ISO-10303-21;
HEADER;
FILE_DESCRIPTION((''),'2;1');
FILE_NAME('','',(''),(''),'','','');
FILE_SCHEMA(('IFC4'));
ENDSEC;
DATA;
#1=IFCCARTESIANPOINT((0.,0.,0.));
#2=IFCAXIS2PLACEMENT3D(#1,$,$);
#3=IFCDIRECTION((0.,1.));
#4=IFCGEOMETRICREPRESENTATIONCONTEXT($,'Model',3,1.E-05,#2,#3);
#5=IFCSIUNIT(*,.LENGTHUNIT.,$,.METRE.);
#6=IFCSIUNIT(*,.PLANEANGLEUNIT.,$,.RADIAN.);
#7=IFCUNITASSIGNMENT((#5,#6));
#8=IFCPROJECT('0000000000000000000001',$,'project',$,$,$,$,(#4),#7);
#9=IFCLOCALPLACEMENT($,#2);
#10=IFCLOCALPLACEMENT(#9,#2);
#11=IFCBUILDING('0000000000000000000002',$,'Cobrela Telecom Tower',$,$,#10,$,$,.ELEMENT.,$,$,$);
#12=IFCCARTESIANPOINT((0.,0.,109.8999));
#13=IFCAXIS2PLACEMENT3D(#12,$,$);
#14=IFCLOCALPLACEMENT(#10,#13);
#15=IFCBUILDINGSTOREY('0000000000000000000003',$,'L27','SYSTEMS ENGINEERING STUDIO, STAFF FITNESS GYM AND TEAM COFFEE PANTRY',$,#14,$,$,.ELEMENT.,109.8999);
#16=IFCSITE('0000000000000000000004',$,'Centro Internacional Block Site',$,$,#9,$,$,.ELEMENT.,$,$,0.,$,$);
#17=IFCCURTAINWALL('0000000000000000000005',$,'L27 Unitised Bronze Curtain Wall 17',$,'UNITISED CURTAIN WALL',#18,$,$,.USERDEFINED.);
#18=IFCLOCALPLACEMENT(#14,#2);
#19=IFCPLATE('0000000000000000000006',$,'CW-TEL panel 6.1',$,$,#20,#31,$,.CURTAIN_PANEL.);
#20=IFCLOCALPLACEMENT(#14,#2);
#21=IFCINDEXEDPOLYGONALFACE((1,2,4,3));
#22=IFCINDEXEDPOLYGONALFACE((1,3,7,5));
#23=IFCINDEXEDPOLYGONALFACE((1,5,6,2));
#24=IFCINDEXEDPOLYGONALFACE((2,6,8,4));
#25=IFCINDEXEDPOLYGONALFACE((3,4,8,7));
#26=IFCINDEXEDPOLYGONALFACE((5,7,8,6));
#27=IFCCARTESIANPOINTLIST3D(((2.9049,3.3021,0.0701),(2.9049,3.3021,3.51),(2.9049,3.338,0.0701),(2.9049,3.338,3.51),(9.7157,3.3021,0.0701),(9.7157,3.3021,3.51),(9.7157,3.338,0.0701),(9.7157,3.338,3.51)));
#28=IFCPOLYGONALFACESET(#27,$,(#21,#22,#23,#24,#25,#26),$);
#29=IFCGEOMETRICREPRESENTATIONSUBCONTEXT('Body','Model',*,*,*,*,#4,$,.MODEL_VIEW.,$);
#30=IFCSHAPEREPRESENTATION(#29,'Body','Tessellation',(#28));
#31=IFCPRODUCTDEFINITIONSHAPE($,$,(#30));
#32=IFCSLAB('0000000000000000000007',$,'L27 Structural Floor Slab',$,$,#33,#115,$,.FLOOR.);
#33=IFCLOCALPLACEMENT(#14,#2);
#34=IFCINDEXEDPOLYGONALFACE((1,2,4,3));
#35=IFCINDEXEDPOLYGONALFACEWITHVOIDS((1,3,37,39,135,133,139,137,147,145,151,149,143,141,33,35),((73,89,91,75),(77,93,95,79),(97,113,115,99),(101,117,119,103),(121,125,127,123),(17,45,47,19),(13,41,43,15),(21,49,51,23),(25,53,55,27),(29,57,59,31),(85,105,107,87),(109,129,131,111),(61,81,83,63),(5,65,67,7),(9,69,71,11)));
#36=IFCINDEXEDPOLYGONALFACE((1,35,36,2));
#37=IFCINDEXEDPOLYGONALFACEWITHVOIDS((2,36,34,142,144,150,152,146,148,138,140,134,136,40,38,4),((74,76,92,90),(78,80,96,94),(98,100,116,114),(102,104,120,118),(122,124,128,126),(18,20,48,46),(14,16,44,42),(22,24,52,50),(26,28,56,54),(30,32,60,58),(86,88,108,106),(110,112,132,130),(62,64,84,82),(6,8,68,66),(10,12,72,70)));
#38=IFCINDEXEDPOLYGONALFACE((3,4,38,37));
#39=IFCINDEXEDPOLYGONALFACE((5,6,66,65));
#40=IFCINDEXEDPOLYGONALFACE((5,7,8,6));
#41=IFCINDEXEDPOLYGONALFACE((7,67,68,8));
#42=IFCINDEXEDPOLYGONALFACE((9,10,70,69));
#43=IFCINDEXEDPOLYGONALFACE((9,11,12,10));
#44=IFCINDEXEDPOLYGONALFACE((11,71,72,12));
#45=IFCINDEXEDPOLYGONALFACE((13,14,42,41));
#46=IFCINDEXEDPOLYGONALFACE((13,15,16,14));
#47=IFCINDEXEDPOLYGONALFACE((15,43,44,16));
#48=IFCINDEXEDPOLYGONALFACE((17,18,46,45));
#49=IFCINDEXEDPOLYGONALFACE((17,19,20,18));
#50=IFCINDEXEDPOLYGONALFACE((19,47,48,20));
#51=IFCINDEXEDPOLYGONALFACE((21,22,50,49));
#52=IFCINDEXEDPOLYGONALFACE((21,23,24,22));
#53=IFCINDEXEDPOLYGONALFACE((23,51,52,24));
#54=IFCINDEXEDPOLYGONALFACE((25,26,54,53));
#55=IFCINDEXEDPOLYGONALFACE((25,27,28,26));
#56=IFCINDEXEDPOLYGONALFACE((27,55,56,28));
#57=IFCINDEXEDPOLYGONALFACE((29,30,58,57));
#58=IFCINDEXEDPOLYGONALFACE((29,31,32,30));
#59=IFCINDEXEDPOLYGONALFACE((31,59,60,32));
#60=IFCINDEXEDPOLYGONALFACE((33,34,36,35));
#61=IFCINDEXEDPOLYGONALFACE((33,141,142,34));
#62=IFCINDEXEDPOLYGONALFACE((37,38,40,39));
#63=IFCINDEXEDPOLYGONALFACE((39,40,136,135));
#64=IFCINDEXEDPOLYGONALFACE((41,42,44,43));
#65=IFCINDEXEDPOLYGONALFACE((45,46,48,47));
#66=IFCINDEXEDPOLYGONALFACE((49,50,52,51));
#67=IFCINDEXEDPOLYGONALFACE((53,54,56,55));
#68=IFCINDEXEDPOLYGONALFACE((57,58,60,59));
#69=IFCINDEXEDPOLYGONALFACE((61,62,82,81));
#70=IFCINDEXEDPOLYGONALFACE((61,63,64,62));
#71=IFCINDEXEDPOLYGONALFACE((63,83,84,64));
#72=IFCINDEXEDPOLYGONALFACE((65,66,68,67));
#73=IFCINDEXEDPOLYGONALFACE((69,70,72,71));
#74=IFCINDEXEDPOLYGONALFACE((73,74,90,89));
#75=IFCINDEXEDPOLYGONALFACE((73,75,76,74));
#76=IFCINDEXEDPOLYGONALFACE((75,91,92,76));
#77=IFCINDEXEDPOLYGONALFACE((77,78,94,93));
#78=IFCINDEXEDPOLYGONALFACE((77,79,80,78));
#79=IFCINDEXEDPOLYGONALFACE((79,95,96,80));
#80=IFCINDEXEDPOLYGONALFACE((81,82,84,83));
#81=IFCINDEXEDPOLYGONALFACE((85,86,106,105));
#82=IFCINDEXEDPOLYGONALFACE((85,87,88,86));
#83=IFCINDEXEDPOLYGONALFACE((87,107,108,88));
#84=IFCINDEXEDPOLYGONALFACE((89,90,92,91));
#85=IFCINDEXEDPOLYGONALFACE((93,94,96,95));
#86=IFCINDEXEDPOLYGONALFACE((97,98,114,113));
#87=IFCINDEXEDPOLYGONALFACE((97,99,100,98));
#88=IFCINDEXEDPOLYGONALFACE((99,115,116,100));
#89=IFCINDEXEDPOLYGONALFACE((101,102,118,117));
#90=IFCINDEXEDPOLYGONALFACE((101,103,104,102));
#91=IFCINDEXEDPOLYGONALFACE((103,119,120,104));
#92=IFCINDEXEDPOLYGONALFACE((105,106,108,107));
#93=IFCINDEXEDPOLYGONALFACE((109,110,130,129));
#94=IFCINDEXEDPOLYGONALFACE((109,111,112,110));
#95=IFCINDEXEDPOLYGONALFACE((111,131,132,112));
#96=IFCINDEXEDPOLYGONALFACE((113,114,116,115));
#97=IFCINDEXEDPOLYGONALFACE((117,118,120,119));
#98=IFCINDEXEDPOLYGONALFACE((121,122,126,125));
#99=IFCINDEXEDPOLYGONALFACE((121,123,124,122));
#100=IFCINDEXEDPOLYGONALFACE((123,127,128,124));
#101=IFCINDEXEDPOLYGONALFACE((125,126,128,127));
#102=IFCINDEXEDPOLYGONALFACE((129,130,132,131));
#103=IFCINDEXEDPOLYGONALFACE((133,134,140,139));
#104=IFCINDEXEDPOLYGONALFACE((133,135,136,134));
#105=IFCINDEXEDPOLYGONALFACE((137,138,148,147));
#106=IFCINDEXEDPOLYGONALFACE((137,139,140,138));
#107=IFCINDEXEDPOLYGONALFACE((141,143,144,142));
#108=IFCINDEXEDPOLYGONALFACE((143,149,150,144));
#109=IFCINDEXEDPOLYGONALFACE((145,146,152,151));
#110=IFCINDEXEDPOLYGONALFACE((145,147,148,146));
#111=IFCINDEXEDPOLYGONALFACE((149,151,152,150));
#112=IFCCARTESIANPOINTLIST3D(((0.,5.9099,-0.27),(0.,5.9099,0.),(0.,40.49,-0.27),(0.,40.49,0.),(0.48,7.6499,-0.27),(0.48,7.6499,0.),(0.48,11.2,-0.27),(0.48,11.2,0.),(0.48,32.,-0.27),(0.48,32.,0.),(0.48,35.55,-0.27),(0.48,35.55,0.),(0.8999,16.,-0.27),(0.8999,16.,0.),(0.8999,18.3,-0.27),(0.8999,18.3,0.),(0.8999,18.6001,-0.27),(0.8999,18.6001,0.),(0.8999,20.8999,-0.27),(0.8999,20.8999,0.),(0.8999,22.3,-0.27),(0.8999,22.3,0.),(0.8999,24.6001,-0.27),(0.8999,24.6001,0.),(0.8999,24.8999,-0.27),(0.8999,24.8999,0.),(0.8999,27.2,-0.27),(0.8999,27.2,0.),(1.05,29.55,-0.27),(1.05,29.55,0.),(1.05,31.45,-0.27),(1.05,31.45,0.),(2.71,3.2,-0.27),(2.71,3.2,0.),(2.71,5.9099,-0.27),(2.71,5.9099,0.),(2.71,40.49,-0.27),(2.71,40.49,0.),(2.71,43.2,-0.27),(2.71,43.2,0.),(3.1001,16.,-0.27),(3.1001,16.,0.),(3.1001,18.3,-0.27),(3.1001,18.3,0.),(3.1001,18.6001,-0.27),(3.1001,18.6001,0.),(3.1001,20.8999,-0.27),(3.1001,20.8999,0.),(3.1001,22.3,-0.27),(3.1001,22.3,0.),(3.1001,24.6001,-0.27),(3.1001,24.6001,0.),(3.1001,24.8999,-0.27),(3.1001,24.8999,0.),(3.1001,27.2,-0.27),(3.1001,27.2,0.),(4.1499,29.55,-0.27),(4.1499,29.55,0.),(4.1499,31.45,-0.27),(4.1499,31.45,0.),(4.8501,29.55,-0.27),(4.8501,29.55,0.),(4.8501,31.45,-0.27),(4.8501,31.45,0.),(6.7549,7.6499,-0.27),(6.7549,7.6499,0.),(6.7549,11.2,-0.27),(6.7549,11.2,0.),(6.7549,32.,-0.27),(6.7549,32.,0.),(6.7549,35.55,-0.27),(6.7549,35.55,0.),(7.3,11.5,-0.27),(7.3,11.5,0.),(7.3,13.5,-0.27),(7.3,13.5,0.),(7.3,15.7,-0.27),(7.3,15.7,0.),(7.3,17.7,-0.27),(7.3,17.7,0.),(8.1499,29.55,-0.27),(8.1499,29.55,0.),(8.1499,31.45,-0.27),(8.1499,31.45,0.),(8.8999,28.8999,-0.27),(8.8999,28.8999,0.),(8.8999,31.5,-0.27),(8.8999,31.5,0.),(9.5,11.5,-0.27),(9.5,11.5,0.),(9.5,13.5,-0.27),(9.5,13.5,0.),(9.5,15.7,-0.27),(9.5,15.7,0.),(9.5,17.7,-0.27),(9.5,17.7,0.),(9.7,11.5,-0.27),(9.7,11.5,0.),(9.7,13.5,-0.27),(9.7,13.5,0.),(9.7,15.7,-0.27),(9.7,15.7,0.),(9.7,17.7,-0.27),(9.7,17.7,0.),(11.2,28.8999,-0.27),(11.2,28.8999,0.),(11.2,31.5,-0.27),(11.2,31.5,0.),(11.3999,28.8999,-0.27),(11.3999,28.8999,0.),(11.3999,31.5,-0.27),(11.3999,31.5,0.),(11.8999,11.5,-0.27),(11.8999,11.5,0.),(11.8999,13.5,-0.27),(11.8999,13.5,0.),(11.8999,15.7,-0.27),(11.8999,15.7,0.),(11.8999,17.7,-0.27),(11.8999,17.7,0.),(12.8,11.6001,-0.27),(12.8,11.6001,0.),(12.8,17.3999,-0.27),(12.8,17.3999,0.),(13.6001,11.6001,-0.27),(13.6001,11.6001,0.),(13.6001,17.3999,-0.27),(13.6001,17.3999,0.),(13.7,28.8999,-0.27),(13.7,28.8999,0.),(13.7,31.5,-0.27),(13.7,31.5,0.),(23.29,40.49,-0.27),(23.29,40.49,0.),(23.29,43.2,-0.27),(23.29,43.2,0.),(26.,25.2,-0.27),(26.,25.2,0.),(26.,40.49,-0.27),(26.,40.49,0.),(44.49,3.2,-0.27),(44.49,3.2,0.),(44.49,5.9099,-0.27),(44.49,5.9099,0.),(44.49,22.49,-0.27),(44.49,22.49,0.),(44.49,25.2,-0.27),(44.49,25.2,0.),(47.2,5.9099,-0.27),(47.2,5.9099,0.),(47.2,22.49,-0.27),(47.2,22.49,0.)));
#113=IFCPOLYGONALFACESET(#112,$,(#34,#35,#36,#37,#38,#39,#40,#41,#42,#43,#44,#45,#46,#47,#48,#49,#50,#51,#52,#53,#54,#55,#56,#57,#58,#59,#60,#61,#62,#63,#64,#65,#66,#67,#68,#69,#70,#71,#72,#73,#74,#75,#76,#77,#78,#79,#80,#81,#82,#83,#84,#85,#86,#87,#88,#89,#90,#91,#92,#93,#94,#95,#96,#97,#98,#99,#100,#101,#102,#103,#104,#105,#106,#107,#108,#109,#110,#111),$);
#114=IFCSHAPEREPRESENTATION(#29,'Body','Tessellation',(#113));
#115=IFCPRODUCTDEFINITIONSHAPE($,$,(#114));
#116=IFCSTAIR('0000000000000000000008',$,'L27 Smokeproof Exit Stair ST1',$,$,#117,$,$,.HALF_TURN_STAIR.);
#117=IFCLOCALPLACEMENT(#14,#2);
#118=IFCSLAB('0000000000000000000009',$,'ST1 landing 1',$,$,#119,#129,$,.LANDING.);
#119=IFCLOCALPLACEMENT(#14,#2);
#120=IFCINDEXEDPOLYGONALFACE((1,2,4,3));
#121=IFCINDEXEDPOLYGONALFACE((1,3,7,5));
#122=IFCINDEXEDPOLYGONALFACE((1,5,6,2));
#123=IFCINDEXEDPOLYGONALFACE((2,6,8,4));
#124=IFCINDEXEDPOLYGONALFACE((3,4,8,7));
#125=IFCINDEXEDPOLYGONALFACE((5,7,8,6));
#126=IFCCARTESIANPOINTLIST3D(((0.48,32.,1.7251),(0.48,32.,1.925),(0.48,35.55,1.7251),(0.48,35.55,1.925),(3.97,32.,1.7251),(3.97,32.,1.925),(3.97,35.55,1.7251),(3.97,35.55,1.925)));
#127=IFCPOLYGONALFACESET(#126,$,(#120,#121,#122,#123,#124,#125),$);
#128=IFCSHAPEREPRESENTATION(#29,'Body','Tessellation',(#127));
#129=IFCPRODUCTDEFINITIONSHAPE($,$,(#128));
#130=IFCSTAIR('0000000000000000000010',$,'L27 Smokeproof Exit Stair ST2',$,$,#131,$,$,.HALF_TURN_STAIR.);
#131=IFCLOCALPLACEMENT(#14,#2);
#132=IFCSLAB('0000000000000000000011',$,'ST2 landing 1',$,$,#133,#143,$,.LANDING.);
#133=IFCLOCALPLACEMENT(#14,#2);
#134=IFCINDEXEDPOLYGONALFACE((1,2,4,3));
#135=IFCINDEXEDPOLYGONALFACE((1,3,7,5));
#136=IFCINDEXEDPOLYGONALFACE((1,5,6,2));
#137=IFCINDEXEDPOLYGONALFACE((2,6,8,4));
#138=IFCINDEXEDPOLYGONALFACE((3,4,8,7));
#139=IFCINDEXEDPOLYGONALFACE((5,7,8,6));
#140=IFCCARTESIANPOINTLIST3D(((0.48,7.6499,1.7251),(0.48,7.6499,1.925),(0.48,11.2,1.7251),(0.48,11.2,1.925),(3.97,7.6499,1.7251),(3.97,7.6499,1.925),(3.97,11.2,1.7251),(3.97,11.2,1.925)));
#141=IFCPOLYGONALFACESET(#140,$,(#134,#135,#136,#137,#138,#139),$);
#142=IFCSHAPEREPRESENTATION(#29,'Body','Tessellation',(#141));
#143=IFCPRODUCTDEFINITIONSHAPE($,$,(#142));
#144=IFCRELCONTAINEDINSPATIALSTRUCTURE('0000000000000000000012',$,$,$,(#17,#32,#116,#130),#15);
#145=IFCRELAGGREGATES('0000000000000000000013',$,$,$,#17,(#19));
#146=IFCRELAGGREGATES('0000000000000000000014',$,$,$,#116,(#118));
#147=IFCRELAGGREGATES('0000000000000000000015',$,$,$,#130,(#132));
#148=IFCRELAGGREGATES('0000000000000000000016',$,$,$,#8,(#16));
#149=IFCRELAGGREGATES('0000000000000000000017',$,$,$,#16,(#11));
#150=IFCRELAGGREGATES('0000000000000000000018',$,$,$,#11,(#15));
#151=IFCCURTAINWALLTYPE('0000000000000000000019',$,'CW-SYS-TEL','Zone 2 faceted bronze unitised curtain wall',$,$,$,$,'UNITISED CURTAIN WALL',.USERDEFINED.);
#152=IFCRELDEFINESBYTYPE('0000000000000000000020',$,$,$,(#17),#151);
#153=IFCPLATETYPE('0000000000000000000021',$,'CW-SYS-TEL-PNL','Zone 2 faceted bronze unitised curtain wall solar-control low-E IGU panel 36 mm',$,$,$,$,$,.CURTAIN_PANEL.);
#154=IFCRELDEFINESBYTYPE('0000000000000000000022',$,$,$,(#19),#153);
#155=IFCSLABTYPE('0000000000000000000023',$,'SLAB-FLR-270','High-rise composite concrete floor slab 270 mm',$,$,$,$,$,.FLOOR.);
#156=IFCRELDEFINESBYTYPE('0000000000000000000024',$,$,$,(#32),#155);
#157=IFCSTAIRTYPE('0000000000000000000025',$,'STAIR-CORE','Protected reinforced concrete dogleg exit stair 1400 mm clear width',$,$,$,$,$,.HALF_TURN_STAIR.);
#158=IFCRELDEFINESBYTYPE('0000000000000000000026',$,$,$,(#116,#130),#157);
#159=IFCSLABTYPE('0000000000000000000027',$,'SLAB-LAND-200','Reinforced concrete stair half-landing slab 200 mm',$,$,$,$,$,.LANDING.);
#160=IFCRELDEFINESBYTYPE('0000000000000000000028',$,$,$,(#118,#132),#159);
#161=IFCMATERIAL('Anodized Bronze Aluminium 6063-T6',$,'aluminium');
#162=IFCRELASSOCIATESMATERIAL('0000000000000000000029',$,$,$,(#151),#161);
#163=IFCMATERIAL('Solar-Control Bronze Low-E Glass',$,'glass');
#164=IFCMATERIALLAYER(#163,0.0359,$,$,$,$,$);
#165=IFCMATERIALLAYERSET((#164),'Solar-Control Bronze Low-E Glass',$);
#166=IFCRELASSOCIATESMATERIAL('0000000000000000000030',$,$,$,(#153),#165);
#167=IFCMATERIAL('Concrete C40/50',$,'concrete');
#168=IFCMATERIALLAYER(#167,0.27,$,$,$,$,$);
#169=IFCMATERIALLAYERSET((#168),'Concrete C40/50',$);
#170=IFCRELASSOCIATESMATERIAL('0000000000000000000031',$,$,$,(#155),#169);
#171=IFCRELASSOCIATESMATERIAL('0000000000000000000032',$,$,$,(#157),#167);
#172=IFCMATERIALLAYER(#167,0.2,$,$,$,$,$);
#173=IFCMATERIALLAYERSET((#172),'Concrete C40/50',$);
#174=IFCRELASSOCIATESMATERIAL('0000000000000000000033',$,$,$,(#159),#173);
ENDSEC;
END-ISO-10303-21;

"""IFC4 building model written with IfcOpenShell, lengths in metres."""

from ifc_helpers import new_model, si_unit, direction, frame, origin, origin_2d, place, context, subcontext, project, spatial, polyline, rectangle, outline, extrude, material, layer, layer_set, type_object, element, aggregate, save


model = new_model("IFC4")

# Units and contexts
model_context = context("Model", 3, precision=1e-05, world=origin(), true_north=direction((0.0, 1.0)))
body_context = subcontext(model_context, "Body", "Model", "MODEL_VIEW")
ifc_project = project(units=[si_unit("LENGTHUNIT", "METRE"), si_unit("PLANEANGLEUNIT", "RADIAN")], contexts=[model_context])

# Site, building, storey
site_placement = place(None, origin())
site = spatial("IfcSite", under=ifc_project, at=site_placement, Name="Centro Internacional Block Site", CompositionType="ELEMENT", RefElevation=0.0)
building_placement = place(site_placement, origin())
building = spatial("IfcBuilding", under=site, at=building_placement, Name="Cobrela Telecom Tower", CompositionType="ELEMENT")
storey_placement = place(building_placement, frame((0.0, 0.0, 109.8999)))
storey = spatial("IfcBuildingStorey", under=building, at=storey_placement, Name="L27", Description="SYSTEMS ENGINEERING STUDIO, STAFF FITNESS GYM AND TEAM COFFEE PANTRY", CompositionType="ELEMENT", Elevation=109.8999)

# Curtain wall, plate
ifc_material_1 = material(Name="Anodized Bronze Aluminium 6063-T6", Category="aluminium")
curtain_wall_type = type_object("IfcCurtainWallType", Name="CW-SYS-TEL", Description="Zone 2 faceted bronze unitised curtain wall", ElementType="UNITISED CURTAIN WALL", PredefinedType="USERDEFINED", material=ifc_material_1)
curtain_wall_placement = place(storey_placement, origin())
curtain_wall = element("IfcCurtainWall", 1, at=curtain_wall_placement, inside=storey, type_object=curtain_wall_type, Name="L27 Unitised Bronze Curtain Wall 17", ObjectType="UNITISED CURTAIN WALL", PredefinedType="USERDEFINED")
ifc_material_2 = material(Name="Solar-Control Bronze Low-E Glass", Category="glass")
ifc_layer_1 = layer(ifc_material_2, 0.0359)
ifc_layer_set_1 = layer_set([ifc_layer_1], Name="Solar-Control Bronze Low-E Glass")
plate_type = type_object("IfcPlateType", Name="CW-SYS-TEL-PNL", Description="Zone 2 faceted bronze unitised curtain wall solar-control low-E IGU panel 36 mm", PredefinedType="CURTAIN_PANEL", material=ifc_layer_set_1)
plate_placement = place(storey_placement, frame((6.3103, 3.3201, 0.0701), z_axis=(0.0, 0.0, 1.0), x_axis=(-1.0, 0.0, 0.0)))
plate = element("IfcPlate", 2, at=plate_placement, type_object=plate_type, Name="CW-TEL panel 6.1", PredefinedType="CURTAIN_PANEL", context=body_context, shape_type="SweptSolid", body=[
    extrude(rectangle(XDim=6.8108, YDim=0.0359, at=origin_2d()), origin(), (0.0, 0.0, 1.0), 3.4399),
])
aggregate(curtain_wall, [plate])

# Slab, openings
ifc_material_3 = material(Name="Concrete C40/50", Category="concrete")
ifc_layer_2 = layer(ifc_material_3, 0.27)
ifc_layer_set_2 = layer_set([ifc_layer_2], Name="Concrete C40/50")
slab_type_1 = type_object("IfcSlabType", Name="SLAB-FLR-270", Description="High-rise composite concrete floor slab 270 mm", PredefinedType="FLOOR", material=ifc_layer_set_2)
slab_1_placement = place(storey_placement, frame((0.0, 0.0, -0.27)))
slab_1 = element("IfcSlab", 3, at=slab_1_placement, inside=storey, type_object=slab_type_1, Name="L27 Structural Floor Slab", PredefinedType="FLOOR", context=body_context, shape_type="SweptSolid", body=[
    extrude(outline(polyline([(2.71, 3.2), (44.49, 3.2), (44.49, 5.9099), (47.2, 5.9099), (47.2, 22.49), (44.49, 22.49), (44.49, 25.2), (26.0, 25.2), (26.0, 40.49), (23.29, 40.49), (23.29, 43.2), (2.71, 43.2), (2.71, 40.49), (0.0, 40.49), (0.0, 5.9099), (2.71, 5.9099), (2.71, 3.2)])), origin(), (0.0, 0.0, 1.0), 0.27),
])
opening_1_placement = place(slab_1_placement, frame((0.0, 0.0, -0.02)))
element("IfcOpeningElement", 4, at=opening_1_placement, cuts=slab_1, PredefinedType="OPENING", context=body_context, shape_type="SweptSolid", body=[
    extrude(outline(polyline([(8.8999, 28.8999), (11.2, 28.8999), (11.2, 31.5), (8.8999, 31.5), (8.8999, 28.8999)])), origin(), (0.0, 0.0, 1.0), 0.3101),
])
opening_2_placement = place(slab_1_placement, frame((0.0, 0.0, -0.02)))
element("IfcOpeningElement", 5, at=opening_2_placement, cuts=slab_1, PredefinedType="OPENING", context=body_context, shape_type="SweptSolid", body=[
    extrude(outline(polyline([(11.3999, 28.8999), (13.7, 28.8999), (13.7, 31.5), (11.3999, 31.5), (11.3999, 28.8999)])), origin(), (0.0, 0.0, 1.0), 0.3101),
])
opening_3_placement = place(slab_1_placement, frame((0.0, 0.0, -0.02)))
element("IfcOpeningElement", 6, at=opening_3_placement, cuts=slab_1, PredefinedType="OPENING", context=body_context, shape_type="SweptSolid", body=[
    extrude(outline(polyline([(7.3, 15.7), (9.5, 15.7), (9.5, 17.7), (7.3, 17.7), (7.3, 15.7)])), origin(), (0.0, 0.0, 1.0), 0.3101),
])
opening_4_placement = place(slab_1_placement, frame((0.0, 0.0, -0.02)))
element("IfcOpeningElement", 7, at=opening_4_placement, cuts=slab_1, PredefinedType="OPENING", context=body_context, shape_type="SweptSolid", body=[
    extrude(outline(polyline([(9.7, 15.7), (11.8999, 15.7), (11.8999, 17.7), (9.7, 17.7), (9.7, 15.7)])), origin(), (0.0, 0.0, 1.0), 0.3101),
])
opening_5_placement = place(slab_1_placement, frame((0.0, 0.0, -0.02)))
element("IfcOpeningElement", 8, at=opening_5_placement, cuts=slab_1, PredefinedType="OPENING", context=body_context, shape_type="SweptSolid", body=[
    extrude(outline(polyline([(7.3, 11.5), (9.5, 11.5), (9.5, 13.5), (7.3, 13.5), (7.3, 11.5)])), origin(), (0.0, 0.0, 1.0), 0.3101),
])
opening_6_placement = place(slab_1_placement, frame((0.0, 0.0, -0.02)))
element("IfcOpeningElement", 9, at=opening_6_placement, cuts=slab_1, PredefinedType="OPENING", context=body_context, shape_type="SweptSolid", body=[
    extrude(outline(polyline([(9.7, 11.5), (11.8999, 11.5), (11.8999, 13.5), (9.7, 13.5), (9.7, 11.5)])), origin(), (0.0, 0.0, 1.0), 0.3101),
])
opening_7_placement = place(slab_1_placement, frame((0.0, 0.0, -0.02)))
element("IfcOpeningElement", 10, at=opening_7_placement, cuts=slab_1, PredefinedType="OPENING", context=body_context, shape_type="SweptSolid", body=[
    extrude(outline(polyline([(0.8999, 16.0), (3.1001, 16.0), (3.1001, 18.3), (0.8999, 18.3), (0.8999, 16.0)])), origin(), (0.0, 0.0, 1.0), 0.3101),
])
opening_8_placement = place(slab_1_placement, frame((0.0, 0.0, -0.02)))
element("IfcOpeningElement", 11, at=opening_8_placement, cuts=slab_1, PredefinedType="OPENING", context=body_context, shape_type="SweptSolid", body=[
    extrude(outline(polyline([(0.8999, 18.6001), (3.1001, 18.6001), (3.1001, 20.8999), (0.8999, 20.8999), (0.8999, 18.6001)])), origin(), (0.0, 0.0, 1.0), 0.3101),
])
opening_9_placement = place(slab_1_placement, frame((0.0, 0.0, -0.02)))
element("IfcOpeningElement", 12, at=opening_9_placement, cuts=slab_1, PredefinedType="OPENING", context=body_context, shape_type="SweptSolid", body=[
    extrude(outline(polyline([(0.8999, 22.3), (3.1001, 22.3), (3.1001, 24.6001), (0.8999, 24.6001), (0.8999, 22.3)])), origin(), (0.0, 0.0, 1.0), 0.3101),
])
opening_10_placement = place(slab_1_placement, frame((0.0, 0.0, -0.02)))
element("IfcOpeningElement", 13, at=opening_10_placement, cuts=slab_1, PredefinedType="OPENING", context=body_context, shape_type="SweptSolid", body=[
    extrude(outline(polyline([(0.8999, 24.8999), (3.1001, 24.8999), (3.1001, 27.2), (0.8999, 27.2), (0.8999, 24.8999)])), origin(), (0.0, 0.0, 1.0), 0.3101),
])
opening_11_placement = place(slab_1_placement, frame((0.0, 0.0, -0.02)))
element("IfcOpeningElement", 14, at=opening_11_placement, cuts=slab_1, PredefinedType="OPENING", context=body_context, shape_type="SweptSolid", body=[
    extrude(outline(polyline([(1.05, 29.55), (4.1499, 29.55), (4.1499, 31.45), (1.05, 31.45), (1.05, 29.55)])), origin(), (0.0, 0.0, 1.0), 0.3101),
])
opening_12_placement = place(slab_1_placement, frame((0.0, 0.0, -0.02)))
element("IfcOpeningElement", 15, at=opening_12_placement, cuts=slab_1, PredefinedType="OPENING", context=body_context, shape_type="SweptSolid", body=[
    extrude(outline(polyline([(4.8501, 29.55), (8.1499, 29.55), (8.1499, 31.45), (4.8501, 31.45), (4.8501, 29.55)])), origin(), (0.0, 0.0, 1.0), 0.3101),
])
opening_13_placement = place(slab_1_placement, frame((0.0, 0.0, -0.02)))
element("IfcOpeningElement", 16, at=opening_13_placement, cuts=slab_1, PredefinedType="OPENING", context=body_context, shape_type="SweptSolid", body=[
    extrude(outline(polyline([(12.8, 11.6001), (13.6001, 11.6001), (13.6001, 17.3999), (12.8, 17.3999), (12.8, 11.6001)])), origin(), (0.0, 0.0, 1.0), 0.3101),
])
opening_14_placement = place(slab_1_placement, frame((0.0, 0.0, -0.02)))
element("IfcOpeningElement", 17, at=opening_14_placement, cuts=slab_1, PredefinedType="OPENING", context=body_context, shape_type="SweptSolid", body=[
    extrude(outline(polyline([(6.7549, 35.55), (0.48, 35.55), (0.48, 32.0), (6.7549, 32.0), (6.7549, 35.55)])), origin(), (0.0, 0.0, 1.0), 0.3101),
])
opening_15_placement = place(slab_1_placement, frame((0.0, 0.0, -0.02)))
element("IfcOpeningElement", 18, at=opening_15_placement, cuts=slab_1, PredefinedType="OPENING", context=body_context, shape_type="SweptSolid", body=[
    extrude(outline(polyline([(6.7549, 11.2), (0.48, 11.2), (0.48, 7.6499), (6.7549, 7.6499), (6.7549, 11.2)])), origin(), (0.0, 0.0, 1.0), 0.3101),
])

# Stairs, slabs
stair_type = type_object("IfcStairType", Name="STAIR-CORE", Description="Protected reinforced concrete dogleg exit stair 1400 mm clear width", PredefinedType="HALF_TURN_STAIR", material=ifc_material_3)
stair_1_placement = place(storey_placement, origin())
stair_1 = element("IfcStair", 19, at=stair_1_placement, inside=storey, type_object=stair_type, Name="L27 Smokeproof Exit Stair ST1", PredefinedType="HALF_TURN_STAIR")
ifc_layer_3 = layer(ifc_material_3, 0.2)
ifc_layer_set_3 = layer_set([ifc_layer_3], Name="Concrete C40/50")
slab_type_2 = type_object("IfcSlabType", Name="SLAB-LAND-200", Description="Reinforced concrete stair half-landing slab 200 mm", PredefinedType="LANDING", material=ifc_layer_set_3)
slab_2_placement = place(storey_placement, frame((0.0, 0.0, 1.7251)))
slab_2 = element("IfcSlab", 20, at=slab_2_placement, type_object=slab_type_2, Name="ST1 landing 1", PredefinedType="LANDING", context=body_context, shape_type="SweptSolid", body=[
    extrude(outline(polyline([(3.97, 35.55), (0.48, 35.55), (0.48, 32.0), (3.97, 32.0), (3.97, 35.55)])), origin(), (0.0, 0.0, 1.0), 0.2),
])
aggregate(stair_1, [slab_2])
stair_2_placement = place(storey_placement, origin())
stair_2 = element("IfcStair", 21, at=stair_2_placement, inside=storey, type_object=stair_type, Name="L27 Smokeproof Exit Stair ST2", PredefinedType="HALF_TURN_STAIR")
slab_3_placement = place(storey_placement, frame((0.0, 0.0, 1.7251)))
slab_3 = element("IfcSlab", 22, at=slab_3_placement, type_object=slab_type_2, Name="ST2 landing 1", PredefinedType="LANDING", context=body_context, shape_type="SweptSolid", body=[
    extrude(outline(polyline([(3.97, 11.2), (0.48, 11.2), (0.48, 7.6499), (3.97, 7.6499), (3.97, 11.2)])), origin(), (0.0, 0.0, 1.0), 0.2),
])

aggregate(stair_2, [slab_3])

save(model, "model.ifc")
